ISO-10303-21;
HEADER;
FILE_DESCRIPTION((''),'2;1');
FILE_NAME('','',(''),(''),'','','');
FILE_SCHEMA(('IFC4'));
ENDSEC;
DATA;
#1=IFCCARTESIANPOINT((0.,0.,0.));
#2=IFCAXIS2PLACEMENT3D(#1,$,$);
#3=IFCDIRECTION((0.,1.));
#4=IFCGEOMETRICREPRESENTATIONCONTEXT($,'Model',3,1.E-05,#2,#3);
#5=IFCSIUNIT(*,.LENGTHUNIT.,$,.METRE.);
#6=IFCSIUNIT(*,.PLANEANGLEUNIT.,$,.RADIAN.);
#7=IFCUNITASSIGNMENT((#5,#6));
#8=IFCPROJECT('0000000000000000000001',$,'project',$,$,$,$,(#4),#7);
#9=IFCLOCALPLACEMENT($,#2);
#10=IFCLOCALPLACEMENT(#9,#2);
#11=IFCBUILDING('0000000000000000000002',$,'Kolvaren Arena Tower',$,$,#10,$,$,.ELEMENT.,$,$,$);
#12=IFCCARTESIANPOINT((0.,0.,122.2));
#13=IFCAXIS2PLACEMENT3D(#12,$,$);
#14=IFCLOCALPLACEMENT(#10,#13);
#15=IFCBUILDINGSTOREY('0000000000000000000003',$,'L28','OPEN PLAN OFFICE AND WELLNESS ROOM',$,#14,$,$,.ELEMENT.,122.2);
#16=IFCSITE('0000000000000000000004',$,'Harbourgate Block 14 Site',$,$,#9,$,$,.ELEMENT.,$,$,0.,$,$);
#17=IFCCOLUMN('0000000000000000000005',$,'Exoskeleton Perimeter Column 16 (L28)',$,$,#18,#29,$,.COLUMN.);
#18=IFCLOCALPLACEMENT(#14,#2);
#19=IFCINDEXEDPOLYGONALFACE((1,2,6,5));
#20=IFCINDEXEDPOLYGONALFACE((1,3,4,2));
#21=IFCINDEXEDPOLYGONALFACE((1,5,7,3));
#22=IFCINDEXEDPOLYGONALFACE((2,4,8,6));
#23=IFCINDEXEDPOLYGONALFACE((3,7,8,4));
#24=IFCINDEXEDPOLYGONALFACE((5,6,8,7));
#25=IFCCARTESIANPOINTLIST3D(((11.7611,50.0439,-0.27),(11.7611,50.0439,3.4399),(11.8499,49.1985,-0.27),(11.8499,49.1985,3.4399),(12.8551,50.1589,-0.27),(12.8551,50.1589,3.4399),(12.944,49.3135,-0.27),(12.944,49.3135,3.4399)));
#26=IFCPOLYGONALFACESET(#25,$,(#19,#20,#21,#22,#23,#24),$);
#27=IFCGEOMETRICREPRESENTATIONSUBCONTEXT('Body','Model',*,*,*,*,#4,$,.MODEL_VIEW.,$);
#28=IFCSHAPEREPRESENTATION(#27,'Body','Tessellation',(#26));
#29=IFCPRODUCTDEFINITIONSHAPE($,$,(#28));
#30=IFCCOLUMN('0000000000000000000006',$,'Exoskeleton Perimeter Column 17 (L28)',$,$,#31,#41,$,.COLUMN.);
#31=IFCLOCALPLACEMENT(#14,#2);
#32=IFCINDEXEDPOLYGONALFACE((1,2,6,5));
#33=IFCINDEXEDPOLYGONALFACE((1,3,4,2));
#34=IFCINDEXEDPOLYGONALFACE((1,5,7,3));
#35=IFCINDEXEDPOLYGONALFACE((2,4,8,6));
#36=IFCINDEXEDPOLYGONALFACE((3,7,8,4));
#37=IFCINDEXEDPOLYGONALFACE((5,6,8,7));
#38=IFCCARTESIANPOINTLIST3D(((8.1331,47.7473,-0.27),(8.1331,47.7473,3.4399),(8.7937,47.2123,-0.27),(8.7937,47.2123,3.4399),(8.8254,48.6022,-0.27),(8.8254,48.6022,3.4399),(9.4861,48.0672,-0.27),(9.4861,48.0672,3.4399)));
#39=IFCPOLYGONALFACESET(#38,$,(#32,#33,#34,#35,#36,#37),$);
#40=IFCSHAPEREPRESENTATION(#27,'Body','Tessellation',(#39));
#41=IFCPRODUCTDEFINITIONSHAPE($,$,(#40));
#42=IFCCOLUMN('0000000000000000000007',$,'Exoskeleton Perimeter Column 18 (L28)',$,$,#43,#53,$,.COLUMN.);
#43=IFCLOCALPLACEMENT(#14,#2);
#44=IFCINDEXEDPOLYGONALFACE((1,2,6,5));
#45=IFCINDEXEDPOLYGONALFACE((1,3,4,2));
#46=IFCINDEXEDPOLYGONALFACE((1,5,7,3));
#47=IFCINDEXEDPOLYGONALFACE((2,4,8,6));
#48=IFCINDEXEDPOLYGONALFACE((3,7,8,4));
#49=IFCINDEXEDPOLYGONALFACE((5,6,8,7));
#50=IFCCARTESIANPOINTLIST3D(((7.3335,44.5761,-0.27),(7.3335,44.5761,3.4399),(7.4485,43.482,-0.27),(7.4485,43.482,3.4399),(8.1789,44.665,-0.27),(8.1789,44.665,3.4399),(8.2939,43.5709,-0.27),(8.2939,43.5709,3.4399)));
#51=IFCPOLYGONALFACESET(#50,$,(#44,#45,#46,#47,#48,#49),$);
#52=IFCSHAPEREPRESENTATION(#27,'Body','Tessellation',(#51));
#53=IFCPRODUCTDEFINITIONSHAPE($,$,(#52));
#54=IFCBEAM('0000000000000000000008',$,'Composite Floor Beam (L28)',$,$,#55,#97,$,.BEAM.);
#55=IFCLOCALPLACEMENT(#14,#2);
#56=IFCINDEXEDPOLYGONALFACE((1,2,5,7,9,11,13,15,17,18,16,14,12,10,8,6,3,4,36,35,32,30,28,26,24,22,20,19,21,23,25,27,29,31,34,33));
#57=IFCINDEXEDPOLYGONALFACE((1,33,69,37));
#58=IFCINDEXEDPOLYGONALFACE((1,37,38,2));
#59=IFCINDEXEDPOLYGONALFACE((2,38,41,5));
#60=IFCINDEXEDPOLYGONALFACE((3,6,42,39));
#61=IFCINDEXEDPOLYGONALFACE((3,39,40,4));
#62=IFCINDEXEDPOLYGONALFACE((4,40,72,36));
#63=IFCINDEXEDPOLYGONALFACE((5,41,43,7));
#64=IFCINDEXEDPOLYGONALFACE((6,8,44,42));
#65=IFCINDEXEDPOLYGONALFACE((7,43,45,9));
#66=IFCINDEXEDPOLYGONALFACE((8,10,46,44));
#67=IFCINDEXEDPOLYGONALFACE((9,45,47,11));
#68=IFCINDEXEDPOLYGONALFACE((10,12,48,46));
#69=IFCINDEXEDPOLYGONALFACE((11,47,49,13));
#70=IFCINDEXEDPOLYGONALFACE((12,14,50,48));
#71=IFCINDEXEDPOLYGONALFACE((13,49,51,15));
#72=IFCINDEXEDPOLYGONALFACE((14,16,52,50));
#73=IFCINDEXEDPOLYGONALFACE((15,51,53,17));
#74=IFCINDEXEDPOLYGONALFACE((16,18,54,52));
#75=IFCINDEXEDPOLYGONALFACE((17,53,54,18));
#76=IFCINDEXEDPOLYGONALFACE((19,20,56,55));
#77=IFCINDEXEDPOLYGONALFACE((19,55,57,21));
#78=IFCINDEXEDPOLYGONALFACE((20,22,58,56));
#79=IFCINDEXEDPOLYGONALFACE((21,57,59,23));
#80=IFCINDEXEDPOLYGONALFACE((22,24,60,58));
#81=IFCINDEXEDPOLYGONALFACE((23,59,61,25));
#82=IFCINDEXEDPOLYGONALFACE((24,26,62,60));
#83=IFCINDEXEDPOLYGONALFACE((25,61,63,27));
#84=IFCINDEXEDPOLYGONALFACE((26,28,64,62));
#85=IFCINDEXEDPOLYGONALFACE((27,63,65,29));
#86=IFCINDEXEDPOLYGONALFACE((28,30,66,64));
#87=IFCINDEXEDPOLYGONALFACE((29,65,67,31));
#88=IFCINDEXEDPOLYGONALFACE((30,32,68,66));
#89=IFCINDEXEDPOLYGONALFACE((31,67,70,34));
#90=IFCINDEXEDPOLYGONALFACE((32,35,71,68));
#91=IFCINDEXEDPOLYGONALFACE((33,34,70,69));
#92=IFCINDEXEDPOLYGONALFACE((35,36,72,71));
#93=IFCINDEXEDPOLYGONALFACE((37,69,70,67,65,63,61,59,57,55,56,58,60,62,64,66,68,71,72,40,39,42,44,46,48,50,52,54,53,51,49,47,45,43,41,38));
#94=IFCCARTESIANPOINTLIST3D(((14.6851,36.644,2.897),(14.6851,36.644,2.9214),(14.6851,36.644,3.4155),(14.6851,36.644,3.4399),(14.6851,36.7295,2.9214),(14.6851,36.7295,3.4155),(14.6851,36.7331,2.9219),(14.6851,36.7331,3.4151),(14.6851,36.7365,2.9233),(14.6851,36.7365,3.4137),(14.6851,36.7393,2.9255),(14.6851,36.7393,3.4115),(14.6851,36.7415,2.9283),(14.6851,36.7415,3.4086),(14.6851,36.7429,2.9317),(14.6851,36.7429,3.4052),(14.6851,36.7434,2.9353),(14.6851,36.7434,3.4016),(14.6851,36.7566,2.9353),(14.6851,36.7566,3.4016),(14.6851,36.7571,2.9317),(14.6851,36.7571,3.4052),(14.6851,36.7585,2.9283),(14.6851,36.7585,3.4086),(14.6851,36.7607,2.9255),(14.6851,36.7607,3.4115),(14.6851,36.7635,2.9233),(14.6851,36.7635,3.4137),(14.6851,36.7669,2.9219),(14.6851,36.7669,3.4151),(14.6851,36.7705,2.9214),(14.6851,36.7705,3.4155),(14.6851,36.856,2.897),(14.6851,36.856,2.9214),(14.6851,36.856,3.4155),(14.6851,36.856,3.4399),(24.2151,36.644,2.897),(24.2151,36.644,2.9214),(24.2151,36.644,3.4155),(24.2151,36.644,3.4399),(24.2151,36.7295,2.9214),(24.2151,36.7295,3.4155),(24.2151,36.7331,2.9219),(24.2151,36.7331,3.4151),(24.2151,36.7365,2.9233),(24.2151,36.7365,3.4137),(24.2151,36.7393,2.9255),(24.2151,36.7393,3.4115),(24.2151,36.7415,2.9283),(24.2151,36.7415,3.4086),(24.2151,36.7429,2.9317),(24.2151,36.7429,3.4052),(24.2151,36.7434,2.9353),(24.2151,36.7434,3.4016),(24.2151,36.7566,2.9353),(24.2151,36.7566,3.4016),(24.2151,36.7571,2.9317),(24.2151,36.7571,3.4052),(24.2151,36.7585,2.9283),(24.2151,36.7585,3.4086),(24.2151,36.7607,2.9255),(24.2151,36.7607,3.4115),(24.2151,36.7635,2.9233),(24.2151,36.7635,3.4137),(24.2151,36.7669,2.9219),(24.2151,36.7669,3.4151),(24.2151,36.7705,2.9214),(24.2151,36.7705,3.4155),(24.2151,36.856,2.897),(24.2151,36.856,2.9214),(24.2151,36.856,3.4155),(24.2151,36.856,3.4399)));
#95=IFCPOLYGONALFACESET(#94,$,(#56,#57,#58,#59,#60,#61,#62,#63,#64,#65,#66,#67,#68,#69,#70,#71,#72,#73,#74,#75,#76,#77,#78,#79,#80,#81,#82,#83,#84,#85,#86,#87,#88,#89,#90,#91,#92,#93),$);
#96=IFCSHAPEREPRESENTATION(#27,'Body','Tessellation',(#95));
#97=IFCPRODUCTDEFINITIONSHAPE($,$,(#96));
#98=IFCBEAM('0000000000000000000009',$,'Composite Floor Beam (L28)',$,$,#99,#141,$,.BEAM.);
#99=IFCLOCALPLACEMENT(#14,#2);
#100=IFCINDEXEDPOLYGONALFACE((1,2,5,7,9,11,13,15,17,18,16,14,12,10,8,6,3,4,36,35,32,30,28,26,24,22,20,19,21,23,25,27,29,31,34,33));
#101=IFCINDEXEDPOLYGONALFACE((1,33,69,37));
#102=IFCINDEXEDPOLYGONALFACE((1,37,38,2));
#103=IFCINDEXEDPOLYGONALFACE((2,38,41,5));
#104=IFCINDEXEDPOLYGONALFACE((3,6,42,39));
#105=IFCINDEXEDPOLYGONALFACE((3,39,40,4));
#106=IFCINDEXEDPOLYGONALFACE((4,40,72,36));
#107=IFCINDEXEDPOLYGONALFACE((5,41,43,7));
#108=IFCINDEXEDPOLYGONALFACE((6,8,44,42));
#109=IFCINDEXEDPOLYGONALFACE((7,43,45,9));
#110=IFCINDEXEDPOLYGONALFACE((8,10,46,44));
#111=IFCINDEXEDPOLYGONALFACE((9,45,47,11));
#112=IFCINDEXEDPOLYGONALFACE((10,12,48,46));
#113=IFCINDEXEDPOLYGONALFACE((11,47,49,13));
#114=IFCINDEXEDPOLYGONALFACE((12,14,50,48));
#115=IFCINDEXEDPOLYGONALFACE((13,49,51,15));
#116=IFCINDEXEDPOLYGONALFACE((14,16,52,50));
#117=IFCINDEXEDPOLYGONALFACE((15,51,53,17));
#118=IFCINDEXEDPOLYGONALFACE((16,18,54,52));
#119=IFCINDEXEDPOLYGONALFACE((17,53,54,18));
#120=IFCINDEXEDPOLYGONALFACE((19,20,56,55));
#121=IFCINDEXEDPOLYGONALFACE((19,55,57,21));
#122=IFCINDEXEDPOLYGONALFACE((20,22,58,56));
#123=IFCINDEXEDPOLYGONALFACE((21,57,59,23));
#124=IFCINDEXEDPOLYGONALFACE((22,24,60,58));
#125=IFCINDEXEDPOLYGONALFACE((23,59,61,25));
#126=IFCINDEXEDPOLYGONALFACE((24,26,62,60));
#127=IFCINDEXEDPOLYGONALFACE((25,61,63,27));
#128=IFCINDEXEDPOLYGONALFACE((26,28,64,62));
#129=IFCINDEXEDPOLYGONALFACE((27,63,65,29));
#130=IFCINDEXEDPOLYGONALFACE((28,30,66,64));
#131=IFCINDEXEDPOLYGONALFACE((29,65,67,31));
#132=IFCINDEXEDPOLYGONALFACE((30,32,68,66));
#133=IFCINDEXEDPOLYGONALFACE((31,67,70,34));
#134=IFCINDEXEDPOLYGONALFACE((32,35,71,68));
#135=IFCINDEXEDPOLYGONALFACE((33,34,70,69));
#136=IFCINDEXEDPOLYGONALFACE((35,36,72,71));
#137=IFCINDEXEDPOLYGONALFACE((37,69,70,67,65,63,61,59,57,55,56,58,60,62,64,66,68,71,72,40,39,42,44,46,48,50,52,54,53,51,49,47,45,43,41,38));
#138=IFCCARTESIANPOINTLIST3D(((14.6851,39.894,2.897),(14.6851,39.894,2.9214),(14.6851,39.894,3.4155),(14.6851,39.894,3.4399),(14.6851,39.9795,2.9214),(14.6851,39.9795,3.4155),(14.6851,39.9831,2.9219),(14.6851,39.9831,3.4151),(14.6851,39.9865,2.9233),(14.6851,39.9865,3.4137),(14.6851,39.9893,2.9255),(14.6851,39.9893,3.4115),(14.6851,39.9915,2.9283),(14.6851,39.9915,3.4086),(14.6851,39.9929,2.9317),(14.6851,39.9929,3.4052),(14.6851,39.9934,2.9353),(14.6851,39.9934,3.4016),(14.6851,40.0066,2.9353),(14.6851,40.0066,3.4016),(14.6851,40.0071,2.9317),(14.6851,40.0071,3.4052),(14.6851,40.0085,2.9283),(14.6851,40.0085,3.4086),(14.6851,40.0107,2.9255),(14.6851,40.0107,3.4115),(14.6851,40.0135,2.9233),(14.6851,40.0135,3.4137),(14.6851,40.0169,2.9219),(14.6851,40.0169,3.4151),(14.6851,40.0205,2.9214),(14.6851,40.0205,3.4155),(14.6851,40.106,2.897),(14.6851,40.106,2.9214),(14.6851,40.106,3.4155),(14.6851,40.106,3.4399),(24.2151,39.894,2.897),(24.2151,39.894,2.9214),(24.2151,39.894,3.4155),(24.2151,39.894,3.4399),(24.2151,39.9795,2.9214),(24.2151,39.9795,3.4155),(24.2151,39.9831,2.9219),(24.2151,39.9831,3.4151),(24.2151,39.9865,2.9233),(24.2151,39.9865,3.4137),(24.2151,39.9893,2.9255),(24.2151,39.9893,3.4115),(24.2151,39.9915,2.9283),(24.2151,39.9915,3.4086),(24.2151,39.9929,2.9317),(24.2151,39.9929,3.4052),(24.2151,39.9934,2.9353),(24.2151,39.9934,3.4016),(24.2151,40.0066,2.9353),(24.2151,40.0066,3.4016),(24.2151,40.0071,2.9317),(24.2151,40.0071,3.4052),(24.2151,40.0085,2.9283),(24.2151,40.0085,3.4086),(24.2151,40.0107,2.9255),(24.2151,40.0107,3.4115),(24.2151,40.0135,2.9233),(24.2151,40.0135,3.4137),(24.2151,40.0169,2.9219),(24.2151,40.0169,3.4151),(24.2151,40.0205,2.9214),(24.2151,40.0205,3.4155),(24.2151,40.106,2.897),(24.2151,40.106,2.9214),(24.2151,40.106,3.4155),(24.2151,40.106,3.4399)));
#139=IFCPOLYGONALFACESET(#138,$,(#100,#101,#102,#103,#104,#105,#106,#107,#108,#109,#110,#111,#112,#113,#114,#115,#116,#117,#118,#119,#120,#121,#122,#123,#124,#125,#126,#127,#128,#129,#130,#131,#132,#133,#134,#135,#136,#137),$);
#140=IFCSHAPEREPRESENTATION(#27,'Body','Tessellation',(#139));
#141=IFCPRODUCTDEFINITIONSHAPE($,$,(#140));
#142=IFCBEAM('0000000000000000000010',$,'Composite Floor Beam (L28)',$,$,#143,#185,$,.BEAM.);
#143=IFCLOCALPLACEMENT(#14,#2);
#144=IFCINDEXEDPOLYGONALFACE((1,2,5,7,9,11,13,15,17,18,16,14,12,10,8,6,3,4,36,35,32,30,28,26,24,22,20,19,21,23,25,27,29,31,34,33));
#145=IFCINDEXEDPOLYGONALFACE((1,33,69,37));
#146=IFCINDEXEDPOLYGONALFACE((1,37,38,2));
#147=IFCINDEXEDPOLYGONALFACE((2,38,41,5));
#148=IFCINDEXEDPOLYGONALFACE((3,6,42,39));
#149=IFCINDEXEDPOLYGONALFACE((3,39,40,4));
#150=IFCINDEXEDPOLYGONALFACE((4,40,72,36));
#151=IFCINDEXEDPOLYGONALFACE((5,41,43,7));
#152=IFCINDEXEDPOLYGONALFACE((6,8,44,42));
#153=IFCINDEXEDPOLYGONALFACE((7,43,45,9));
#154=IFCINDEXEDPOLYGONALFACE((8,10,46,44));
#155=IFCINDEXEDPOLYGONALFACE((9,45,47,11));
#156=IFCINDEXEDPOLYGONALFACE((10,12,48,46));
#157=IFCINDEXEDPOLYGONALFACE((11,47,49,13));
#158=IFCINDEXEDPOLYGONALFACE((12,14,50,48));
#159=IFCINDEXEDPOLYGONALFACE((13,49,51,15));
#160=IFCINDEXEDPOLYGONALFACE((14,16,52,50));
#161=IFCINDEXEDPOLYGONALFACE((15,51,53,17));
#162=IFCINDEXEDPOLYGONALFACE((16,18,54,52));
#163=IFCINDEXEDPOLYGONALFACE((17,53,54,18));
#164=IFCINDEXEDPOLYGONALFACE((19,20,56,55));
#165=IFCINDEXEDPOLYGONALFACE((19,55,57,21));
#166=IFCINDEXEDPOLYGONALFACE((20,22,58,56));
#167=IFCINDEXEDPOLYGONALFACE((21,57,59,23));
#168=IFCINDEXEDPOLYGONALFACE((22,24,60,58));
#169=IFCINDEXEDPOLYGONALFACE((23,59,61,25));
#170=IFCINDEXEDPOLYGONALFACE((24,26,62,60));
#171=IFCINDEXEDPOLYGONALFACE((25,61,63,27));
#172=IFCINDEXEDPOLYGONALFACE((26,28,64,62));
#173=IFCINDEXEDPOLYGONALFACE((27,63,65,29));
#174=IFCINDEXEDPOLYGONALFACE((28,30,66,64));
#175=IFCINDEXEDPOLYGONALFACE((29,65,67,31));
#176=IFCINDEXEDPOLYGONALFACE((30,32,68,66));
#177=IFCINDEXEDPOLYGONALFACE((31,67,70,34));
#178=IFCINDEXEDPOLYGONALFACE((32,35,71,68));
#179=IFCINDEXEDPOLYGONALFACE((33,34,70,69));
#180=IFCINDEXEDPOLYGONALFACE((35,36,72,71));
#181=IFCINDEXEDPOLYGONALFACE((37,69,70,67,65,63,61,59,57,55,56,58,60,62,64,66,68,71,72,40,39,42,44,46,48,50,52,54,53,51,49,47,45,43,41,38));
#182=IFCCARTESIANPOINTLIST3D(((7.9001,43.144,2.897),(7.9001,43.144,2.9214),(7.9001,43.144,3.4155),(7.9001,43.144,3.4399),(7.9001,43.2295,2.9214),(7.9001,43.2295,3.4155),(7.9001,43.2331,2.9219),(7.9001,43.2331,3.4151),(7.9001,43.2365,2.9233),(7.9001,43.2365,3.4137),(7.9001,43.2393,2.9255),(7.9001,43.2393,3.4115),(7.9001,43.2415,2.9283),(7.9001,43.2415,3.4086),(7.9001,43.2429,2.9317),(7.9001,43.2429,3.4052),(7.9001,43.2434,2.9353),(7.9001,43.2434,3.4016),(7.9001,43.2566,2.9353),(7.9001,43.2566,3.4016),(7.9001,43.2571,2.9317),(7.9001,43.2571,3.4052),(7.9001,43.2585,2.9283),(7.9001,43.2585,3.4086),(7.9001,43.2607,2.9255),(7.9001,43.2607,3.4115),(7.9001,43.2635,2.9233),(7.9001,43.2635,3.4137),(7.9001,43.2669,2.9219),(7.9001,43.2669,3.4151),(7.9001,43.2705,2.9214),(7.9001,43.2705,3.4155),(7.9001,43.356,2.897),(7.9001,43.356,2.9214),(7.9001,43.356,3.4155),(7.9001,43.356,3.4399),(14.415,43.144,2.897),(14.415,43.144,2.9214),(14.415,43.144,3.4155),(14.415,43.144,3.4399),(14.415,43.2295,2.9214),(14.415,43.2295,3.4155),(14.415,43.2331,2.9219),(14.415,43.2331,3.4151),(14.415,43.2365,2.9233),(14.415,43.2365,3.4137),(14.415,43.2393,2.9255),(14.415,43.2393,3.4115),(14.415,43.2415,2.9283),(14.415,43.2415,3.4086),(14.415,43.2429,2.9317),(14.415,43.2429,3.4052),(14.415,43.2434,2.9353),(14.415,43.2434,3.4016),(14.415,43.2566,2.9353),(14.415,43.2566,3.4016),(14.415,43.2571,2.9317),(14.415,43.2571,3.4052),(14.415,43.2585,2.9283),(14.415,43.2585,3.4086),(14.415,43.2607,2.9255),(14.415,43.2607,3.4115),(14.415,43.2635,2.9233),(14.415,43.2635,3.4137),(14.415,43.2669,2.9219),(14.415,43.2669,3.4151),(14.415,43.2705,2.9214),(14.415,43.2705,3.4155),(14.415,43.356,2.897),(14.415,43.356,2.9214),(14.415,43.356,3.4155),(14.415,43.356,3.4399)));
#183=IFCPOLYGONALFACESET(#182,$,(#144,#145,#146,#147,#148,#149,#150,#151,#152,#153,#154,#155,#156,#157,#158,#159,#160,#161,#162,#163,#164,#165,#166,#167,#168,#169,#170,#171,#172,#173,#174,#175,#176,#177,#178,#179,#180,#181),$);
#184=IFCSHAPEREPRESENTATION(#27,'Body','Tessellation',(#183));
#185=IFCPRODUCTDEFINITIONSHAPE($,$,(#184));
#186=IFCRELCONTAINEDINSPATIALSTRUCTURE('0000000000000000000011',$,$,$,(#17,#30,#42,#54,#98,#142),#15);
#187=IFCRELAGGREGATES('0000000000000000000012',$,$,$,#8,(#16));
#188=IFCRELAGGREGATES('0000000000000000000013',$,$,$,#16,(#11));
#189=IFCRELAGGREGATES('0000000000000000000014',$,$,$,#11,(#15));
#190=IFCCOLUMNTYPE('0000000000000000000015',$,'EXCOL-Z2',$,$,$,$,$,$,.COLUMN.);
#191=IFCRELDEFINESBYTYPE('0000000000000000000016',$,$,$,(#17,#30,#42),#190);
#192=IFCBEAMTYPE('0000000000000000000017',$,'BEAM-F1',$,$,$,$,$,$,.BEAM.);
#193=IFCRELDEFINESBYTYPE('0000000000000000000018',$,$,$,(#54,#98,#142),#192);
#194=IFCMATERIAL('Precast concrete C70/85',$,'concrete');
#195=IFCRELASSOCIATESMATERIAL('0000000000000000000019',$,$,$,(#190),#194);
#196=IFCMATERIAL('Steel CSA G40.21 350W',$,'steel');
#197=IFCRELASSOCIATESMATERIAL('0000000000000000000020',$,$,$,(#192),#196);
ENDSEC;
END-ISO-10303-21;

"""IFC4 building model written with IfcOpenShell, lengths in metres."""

from ifc_helpers import new_model, si_unit, direction, frame, origin, origin_2d, place, context, subcontext, project, spatial, rectangle, i_section, extrude, material, material_profile, profile_set, type_object, element, save


model = new_model("IFC4")

# Units and contexts
model_context = context("Model", 3, precision=1e-05, world=origin(), true_north=direction((0.0, 1.0)))
body_context = subcontext(model_context, "Body", "Model", "MODEL_VIEW")
ifc_project = project(units=[si_unit("LENGTHUNIT", "METRE"), si_unit("PLANEANGLEUNIT", "RADIAN")], contexts=[model_context])

# Site, building, storey
site_placement = place(None, origin())
site = spatial("IfcSite", under=ifc_project, at=site_placement, Name="Harbourgate Block 14 Site", CompositionType="ELEMENT", RefElevation=0.0)
building_placement = place(site_placement, origin())
building = spatial("IfcBuilding", under=site, at=building_placement, Name="Kolvaren Arena Tower", CompositionType="ELEMENT")
storey_placement = place(building_placement, frame((0.0, 0.0, 122.2)))
storey = spatial("IfcBuildingStorey", under=building, at=storey_placement, Name="L28", Description="OPEN PLAN OFFICE AND WELLNESS ROOM", CompositionType="ELEMENT", Elevation=122.2)

# Columns
ifc_material_1 = material(Name="Precast concrete C70/85", Category="concrete")
ifc_material_profile_1 = material_profile(ifc_material_1, rectangle(XDim=1.1001, YDim=0.8501, at=origin_2d()), Name="RC-1100x850")
ifc_profile_set_1 = profile_set([ifc_material_profile_1], Name="Precast concrete C70/85")
column_type = type_object("IfcColumnType", Name="EXCOL-Z2", PredefinedType="COLUMN", material=ifc_profile_set_1)
for number, where, z_axis, x_axis, name in (
    (1, (12.3525, 49.6787, -0.27), (0.0, 0.0, 1.0), (0.994522, 0.104528, 0.0), "Exoskeleton Perimeter Column 16 (L28)"),
    (2, (8.8096, 47.9072, -0.27), (0.0, 0.0, 1.0), (0.62932, 0.777146, 0.0), "Exoskeleton Perimeter Column 17 (L28)"),
    (3, (7.8137, 44.0735, -0.27), (0.0, 0.0, 1.0), (-0.104528, 0.994522, 0.0), "Exoskeleton Perimeter Column 18 (L28)"),
):
    element("IfcColumn", number, at=place(storey_placement, frame(where, z_axis=z_axis, x_axis=x_axis)), inside=storey, type_object=column_type, Name=name, PredefinedType="COLUMN", context=body_context, shape_type="SweptSolid", body=[
        extrude(rectangle(XDim=1.1001, YDim=0.8501, at=origin_2d()), origin(), (0.0, 0.0, 1.0), 3.71),
    ])

# Beams
ifc_material_2 = material(Name="Steel CSA G40.21 350W", Category="steel")
ifc_material_profile_2 = material_profile(ifc_material_2, i_section(OverallWidth=0.2119, OverallDepth=0.543, WebThickness=0.0132, FlangeThickness=0.0244, FilletRadius=0.0139, at=origin_2d()), Name="W530x150")
ifc_profile_set_2 = profile_set([ifc_material_profile_2], Name="Steel CSA G40.21 350W")
beam_type_1 = type_object("IfcBeamType", Name="BEAM-F1", PredefinedType="BEAM", material=ifc_profile_set_2)
for number, where, z_axis, x_axis, name in (
    (4, (14.6851, 36.75, 3.1685), (1.0, 0.0, 0.0), (0.0, 1.0, 0.0), "Composite Floor Beam (L28)"),
    (5, (14.6851, 40.0, 3.1685), (1.0, 0.0, 0.0), (0.0, 1.0, 0.0), "Composite Floor Beam (L28)"),
):
    element("IfcBeam", number, at=place(storey_placement, frame(where, z_axis=z_axis, x_axis=x_axis)), inside=storey, type_object=beam_type_1, Name=name, PredefinedType="BEAM", context=body_context, shape_type="SweptSolid", body=[
        extrude(i_section(OverallWidth=0.2119, OverallDepth=0.543, WebThickness=0.0132, FlangeThickness=0.0244, FilletRadius=0.0139, at=origin_2d()), origin(), (0.0, 0.0, 1.0), 9.53),
    ])
beam_1_placement = place(storey_placement, frame((7.9001, 43.25, 3.1685), z_axis=(1.0, 0.0, 0.0), x_axis=(0.0, 1.0, 0.0)))
element("IfcBeam", 6, at=beam_1_placement, inside=storey, type_object=beam_type_1, Name="Composite Floor Beam (L28)", PredefinedType="BEAM", context=body_context, shape_type="SweptSolid", body=[
    extrude(i_section(OverallWidth=0.2119, OverallDepth=0.543, WebThickness=0.0132, FlangeThickness=0.0244, FilletRadius=0.0139, at=origin_2d()), origin(), (0.0, 0.0, 1.0), 6.5149),
])

save(model, "model.ifc")
